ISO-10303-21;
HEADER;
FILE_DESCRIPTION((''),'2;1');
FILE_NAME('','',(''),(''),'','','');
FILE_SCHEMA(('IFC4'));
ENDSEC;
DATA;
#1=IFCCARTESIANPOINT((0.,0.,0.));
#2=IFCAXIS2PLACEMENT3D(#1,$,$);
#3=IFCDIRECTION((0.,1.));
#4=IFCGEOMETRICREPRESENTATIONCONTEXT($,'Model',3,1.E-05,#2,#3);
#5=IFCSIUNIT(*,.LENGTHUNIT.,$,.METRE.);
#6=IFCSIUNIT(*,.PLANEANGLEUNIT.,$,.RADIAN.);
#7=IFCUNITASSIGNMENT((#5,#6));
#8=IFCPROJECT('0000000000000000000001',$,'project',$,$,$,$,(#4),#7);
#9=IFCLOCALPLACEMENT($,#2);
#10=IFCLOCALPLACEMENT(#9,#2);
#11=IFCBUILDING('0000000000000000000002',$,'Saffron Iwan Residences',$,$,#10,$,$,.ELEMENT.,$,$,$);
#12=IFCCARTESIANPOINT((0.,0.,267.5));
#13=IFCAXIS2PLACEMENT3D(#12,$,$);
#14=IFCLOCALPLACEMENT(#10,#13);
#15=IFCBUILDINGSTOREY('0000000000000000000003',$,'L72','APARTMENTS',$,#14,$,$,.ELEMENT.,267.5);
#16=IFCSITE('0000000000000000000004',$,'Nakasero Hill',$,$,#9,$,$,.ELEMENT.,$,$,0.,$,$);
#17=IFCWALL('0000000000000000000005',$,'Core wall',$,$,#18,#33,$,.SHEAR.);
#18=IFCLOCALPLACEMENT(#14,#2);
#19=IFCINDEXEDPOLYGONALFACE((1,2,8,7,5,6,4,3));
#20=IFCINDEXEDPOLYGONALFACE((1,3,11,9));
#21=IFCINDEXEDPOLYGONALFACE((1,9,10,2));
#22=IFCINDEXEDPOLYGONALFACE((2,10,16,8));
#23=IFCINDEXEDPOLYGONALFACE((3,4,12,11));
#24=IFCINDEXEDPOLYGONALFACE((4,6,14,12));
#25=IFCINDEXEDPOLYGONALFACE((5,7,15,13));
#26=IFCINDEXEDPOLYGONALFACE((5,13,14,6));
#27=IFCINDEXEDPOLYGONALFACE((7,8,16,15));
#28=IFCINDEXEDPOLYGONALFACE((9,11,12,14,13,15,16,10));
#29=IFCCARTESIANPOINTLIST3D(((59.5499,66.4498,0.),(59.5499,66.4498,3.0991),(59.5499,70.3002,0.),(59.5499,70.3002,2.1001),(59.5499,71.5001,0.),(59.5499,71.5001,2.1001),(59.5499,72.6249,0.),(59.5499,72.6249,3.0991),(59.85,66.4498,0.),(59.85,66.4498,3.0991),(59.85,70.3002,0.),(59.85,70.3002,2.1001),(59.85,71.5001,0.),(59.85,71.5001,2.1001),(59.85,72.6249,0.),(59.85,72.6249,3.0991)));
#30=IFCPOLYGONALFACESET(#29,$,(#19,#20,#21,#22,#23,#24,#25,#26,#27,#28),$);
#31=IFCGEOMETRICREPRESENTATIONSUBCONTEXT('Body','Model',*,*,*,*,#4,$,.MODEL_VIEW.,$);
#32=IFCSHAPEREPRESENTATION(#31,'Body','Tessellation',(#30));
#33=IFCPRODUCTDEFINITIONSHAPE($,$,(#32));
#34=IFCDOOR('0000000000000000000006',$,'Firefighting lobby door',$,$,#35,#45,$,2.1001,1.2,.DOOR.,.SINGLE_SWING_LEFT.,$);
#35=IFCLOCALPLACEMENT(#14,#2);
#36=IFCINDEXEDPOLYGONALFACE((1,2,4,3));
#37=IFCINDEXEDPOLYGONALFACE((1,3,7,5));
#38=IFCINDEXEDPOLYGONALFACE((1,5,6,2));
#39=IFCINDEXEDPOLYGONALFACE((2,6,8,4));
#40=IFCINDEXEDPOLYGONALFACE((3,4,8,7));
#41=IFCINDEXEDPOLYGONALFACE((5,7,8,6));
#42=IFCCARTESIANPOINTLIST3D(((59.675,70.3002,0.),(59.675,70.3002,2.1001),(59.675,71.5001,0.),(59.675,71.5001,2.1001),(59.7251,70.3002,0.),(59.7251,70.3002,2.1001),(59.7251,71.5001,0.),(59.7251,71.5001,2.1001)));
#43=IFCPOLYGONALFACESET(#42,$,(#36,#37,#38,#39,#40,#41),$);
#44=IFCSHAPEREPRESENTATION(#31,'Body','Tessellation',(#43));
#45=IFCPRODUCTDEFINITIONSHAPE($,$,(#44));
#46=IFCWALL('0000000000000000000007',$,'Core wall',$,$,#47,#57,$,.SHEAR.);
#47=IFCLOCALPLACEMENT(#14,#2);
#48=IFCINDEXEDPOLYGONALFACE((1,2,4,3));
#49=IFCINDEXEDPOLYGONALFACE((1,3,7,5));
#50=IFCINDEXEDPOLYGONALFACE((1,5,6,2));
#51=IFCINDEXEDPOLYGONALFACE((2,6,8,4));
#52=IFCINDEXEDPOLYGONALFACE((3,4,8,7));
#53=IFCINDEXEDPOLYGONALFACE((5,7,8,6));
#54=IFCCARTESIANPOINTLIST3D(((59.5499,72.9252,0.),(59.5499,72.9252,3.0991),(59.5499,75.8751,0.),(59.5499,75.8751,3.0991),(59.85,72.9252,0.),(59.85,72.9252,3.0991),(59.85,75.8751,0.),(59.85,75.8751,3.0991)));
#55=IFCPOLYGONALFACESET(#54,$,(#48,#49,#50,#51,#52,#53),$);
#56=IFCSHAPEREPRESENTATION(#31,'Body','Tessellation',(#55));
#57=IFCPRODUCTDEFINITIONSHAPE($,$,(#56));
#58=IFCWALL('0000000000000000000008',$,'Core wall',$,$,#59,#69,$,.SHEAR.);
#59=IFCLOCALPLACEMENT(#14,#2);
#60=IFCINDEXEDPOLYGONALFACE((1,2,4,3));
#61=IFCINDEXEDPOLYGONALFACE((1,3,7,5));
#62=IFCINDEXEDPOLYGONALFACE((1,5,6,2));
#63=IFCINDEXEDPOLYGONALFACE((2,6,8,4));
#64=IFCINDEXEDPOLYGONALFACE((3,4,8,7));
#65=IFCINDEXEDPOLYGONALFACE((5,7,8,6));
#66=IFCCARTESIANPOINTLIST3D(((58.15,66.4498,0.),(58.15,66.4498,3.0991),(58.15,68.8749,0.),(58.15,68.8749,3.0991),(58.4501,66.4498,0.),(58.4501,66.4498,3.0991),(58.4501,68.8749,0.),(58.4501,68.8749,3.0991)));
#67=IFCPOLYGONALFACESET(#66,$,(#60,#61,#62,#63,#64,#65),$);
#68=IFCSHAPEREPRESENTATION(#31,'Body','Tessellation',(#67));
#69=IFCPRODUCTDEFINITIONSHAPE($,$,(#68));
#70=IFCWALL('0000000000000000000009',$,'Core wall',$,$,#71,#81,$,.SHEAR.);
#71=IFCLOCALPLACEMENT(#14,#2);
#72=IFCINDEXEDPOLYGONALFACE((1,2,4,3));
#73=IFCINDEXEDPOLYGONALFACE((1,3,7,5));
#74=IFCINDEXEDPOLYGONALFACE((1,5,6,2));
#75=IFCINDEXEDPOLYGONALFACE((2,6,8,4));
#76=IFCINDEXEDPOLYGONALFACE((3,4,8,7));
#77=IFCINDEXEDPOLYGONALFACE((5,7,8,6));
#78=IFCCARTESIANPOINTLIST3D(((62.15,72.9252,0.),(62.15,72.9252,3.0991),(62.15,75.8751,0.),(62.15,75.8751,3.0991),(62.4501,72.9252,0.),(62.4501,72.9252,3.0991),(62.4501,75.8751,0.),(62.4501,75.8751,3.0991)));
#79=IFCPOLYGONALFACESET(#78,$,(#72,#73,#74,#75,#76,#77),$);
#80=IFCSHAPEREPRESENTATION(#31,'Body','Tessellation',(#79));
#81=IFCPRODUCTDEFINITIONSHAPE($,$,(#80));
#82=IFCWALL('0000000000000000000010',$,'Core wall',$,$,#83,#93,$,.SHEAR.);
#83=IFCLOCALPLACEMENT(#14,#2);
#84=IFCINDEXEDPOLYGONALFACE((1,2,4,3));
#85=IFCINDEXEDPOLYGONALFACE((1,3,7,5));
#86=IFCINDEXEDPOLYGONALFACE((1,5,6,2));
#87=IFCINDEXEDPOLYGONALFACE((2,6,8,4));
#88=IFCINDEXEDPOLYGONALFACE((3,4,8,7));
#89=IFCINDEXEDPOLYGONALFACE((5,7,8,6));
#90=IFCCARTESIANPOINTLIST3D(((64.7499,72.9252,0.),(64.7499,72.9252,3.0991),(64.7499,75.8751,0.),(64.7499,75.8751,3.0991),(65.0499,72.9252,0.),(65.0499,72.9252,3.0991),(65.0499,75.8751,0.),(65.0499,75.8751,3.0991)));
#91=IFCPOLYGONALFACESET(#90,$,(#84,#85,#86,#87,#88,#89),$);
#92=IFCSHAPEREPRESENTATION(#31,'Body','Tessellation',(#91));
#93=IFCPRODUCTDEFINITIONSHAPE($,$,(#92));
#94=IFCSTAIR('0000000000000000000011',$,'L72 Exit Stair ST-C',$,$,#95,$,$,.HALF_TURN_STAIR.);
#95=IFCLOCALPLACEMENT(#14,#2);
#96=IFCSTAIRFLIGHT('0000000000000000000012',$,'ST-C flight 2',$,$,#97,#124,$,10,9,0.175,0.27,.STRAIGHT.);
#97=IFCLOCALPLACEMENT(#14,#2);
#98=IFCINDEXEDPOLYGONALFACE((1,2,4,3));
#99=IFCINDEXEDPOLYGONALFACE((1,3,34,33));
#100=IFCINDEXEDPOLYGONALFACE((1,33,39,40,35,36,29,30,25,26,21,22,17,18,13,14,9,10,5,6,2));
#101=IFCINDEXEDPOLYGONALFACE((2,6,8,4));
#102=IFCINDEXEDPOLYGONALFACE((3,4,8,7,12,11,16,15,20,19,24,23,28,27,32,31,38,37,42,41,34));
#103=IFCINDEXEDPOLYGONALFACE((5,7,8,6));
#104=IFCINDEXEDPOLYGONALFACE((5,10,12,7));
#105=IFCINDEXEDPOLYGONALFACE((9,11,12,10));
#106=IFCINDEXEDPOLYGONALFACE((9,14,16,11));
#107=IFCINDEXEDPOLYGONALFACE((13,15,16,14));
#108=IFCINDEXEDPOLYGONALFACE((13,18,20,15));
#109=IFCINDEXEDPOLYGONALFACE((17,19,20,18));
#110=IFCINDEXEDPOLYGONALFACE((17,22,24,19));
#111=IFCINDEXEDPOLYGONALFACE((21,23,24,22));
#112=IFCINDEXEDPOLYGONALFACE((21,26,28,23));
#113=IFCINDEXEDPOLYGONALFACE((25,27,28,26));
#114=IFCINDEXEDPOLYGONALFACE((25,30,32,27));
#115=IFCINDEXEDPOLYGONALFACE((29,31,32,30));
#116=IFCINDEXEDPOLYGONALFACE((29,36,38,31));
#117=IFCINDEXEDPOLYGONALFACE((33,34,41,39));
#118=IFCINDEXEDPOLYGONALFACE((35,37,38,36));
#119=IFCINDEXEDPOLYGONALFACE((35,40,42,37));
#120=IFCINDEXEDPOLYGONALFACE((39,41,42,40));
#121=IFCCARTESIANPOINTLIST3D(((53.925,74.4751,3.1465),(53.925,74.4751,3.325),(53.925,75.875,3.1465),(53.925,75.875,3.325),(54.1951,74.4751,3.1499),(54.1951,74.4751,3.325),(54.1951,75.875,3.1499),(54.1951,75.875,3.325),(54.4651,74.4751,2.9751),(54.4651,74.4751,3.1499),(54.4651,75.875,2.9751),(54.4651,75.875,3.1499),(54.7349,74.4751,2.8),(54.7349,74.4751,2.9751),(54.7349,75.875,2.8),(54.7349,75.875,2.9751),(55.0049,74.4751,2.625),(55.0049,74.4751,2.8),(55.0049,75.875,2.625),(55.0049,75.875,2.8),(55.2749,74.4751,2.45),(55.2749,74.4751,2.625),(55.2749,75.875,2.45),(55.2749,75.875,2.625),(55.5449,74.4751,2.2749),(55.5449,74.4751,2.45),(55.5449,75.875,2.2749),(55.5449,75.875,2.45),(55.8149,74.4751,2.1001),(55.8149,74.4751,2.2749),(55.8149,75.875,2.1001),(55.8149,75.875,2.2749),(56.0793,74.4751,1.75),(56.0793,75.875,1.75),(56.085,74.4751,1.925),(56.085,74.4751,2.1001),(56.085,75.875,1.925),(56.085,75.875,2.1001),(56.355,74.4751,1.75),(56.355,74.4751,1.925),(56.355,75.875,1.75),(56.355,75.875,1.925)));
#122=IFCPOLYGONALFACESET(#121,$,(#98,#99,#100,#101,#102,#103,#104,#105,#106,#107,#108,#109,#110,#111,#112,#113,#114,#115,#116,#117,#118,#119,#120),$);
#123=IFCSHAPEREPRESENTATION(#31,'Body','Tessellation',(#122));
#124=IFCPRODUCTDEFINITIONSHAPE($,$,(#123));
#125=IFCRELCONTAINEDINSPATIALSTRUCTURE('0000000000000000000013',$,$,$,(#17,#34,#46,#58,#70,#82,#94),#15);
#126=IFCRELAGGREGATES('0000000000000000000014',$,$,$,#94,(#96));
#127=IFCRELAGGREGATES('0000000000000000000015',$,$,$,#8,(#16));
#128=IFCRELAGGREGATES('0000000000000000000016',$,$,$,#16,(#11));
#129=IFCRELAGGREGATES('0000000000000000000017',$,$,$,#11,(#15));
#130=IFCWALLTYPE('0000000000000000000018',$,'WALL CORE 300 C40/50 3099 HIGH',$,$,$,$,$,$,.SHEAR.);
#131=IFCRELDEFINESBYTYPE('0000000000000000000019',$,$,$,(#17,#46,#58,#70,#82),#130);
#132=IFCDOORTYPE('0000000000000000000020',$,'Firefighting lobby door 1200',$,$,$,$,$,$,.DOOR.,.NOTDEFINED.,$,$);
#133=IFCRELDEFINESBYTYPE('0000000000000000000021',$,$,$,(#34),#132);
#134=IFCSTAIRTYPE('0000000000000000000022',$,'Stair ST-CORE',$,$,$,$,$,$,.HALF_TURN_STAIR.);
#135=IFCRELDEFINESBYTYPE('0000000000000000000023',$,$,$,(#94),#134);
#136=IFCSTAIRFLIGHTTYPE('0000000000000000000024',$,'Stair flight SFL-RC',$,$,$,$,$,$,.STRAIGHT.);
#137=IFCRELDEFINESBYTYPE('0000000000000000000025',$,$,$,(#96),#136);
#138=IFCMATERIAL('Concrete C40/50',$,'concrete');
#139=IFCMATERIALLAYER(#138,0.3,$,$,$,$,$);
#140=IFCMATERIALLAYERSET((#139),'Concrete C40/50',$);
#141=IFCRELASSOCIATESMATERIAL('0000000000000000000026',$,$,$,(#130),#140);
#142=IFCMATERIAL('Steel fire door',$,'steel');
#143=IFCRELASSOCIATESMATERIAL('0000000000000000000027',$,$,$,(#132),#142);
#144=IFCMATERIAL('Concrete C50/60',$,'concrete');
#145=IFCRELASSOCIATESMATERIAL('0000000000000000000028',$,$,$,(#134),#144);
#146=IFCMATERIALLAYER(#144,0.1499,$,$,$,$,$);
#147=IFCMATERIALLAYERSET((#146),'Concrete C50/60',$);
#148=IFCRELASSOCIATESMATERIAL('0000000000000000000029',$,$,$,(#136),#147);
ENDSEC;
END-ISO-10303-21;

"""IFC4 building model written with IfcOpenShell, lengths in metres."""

from ifc_helpers import new_model, si_unit, direction, frame, frame_2d, origin, place, context, subcontext, project, spatial, polyline, rectangle, outline, extrude, material, layer, layer_set, type_object, element, fill, aggregate, save


model = new_model("IFC4")

# Units and contexts
model_context = context("Model", 3, precision=1e-05, world=origin(), true_north=direction((0.0, 1.0)))
body_context = subcontext(model_context, "Body", "Model", "MODEL_VIEW")
ifc_project = project(units=[si_unit("LENGTHUNIT", "METRE"), si_unit("PLANEANGLEUNIT", "RADIAN")], contexts=[model_context])

# Site, building, storey
site_placement = place(None, origin())
site = spatial("IfcSite", under=ifc_project, at=site_placement, Name="Nakasero Hill", CompositionType="ELEMENT", RefElevation=0.0)
building_placement = place(site_placement, origin())
building = spatial("IfcBuilding", under=site, at=building_placement, Name="Saffron Iwan Residences", CompositionType="ELEMENT")
storey_placement = place(building_placement, frame((0.0, 0.0, 267.5)))
storey = spatial("IfcBuildingStorey", under=building, at=storey_placement, Name="L72", Description="APARTMENTS", CompositionType="ELEMENT", Elevation=267.5)

# Shared definitions
ifc_material_1 = material(Name="Concrete C40/50", Category="concrete")

# Shared definitions
ifc_material_2 = material(Name="Steel fire door", Category="steel")

# Shared definitions
ifc_layer_1 = layer(ifc_material_1, 0.3)
ifc_layer_set_1 = layer_set([ifc_layer_1], Name="Concrete C40/50")
wall_type_1 = type_object("IfcWallType", Name="WALL CORE 300 C40/50 3099 HIGH", PredefinedType="SHEAR", material=ifc_layer_set_1)

# Wall, opening, door
wall_1_placement = place(storey_placement, frame((59.7, 66.45, 0.0), z_axis=(0.0, 0.0, 1.0), x_axis=(0.0, 1.0, 0.0)))
wall_1 = element("IfcWall", 1, at=wall_1_placement, inside=storey, type_object=wall_type_1, Name="Core wall", PredefinedType="SHEAR", context=body_context, shape_type="SweptSolid", body=[
    extrude(rectangle(XDim=6.175, YDim=0.3, at=frame_2d((3.0874, 0.0))), origin(), (0.0, 0.0, 1.0), 3.0991),
])
opening_1_placement = place(wall_1_placement, frame((3.8501, 0.0, 0.0)))
opening_1 = element("IfcOpeningElement", 2, at=opening_1_placement, cuts=wall_1, PredefinedType="OPENING", context=body_context, shape_type="SweptSolid", body=[
    extrude(rectangle(XDim=1.2, YDim=2.1001, at=frame_2d((0.6001, 1.05))), frame((0.0, 0.1602, 0.0), z_axis=(0.0, -1.0, 0.0), x_axis=(1.0, 0.0, 0.0)), (0.0, 0.0, 1.0), 0.3201),
])
door_type_1 = type_object("IfcDoorType", Name="Firefighting lobby door 1200", OperationType="NOTDEFINED", PredefinedType="DOOR", material=ifc_material_2)
door_1_placement = place(opening_1_placement, origin())
door_1 = element("IfcDoor", 3, at=door_1_placement, inside=storey, type_object=door_type_1, Name="Firefighting lobby door", OperationType="SINGLE_SWING_LEFT", OverallHeight=2.1001, OverallWidth=1.2, PredefinedType="DOOR", context=body_context, shape_type="SweptSolid", body=[
    extrude(rectangle(XDim=1.2, YDim=2.1001, at=frame_2d((0.6001, 1.05))), frame((0.0, 0.0249, 0.0), z_axis=(0.0, -1.0, 0.0), x_axis=(1.0, 0.0, 0.0)), (0.0, 0.0, 1.0), 0.05),
])
fill(opening_1, door_1)

# Walls
wall_2_placement = place(storey_placement, frame((59.7, 72.925, 0.0), z_axis=(0.0, 0.0, 1.0), x_axis=(0.0, 1.0, 0.0)))
element("IfcWall", 4, at=wall_2_placement, inside=storey, type_object=wall_type_1, Name="Core wall", PredefinedType="SHEAR", context=body_context, shape_type="SweptSolid", body=[
    extrude(rectangle(XDim=2.95, YDim=0.3, at=frame_2d((1.4751, 0.0))), origin(), (0.0, 0.0, 1.0), 3.0991),
])
wall_3_placement = place(storey_placement, frame((58.3, 66.45, 0.0), z_axis=(0.0, 0.0, 1.0), x_axis=(0.0, 1.0, 0.0)))
element("IfcWall", 5, at=wall_3_placement, inside=storey, type_object=wall_type_1, Name="Core wall", PredefinedType="SHEAR", context=body_context, shape_type="SweptSolid", body=[
    extrude(rectangle(XDim=2.425, YDim=0.3, at=frame_2d((1.2124, 0.0))), origin(), (0.0, 0.0, 1.0), 3.0991),
])
for number, where, z_axis, x_axis, name in (
    (6, (62.3, 72.925, 0.0), (0.0, 0.0, 1.0), (0.0, 1.0, 0.0), "Core wall"),
    (7, (64.8999, 72.925, 0.0), (0.0, 0.0, 1.0), (0.0, 1.0, 0.0), "Core wall"),
):
    element("IfcWall", number, at=place(storey_placement, frame(where, z_axis=z_axis, x_axis=x_axis)), inside=storey, type_object=wall_type_1, Name=name, PredefinedType="SHEAR", context=body_context, shape_type="SweptSolid", body=[
        extrude(rectangle(XDim=2.95, YDim=0.3, at=frame_2d((1.4751, 0.0))), origin(), (0.0, 0.0, 1.0), 3.0991),
    ])

# Stair, stair flight
ifc_material_3 = material(Name="Concrete C50/60", Category="concrete")
stair_type = type_object("IfcStairType", Name="Stair ST-CORE", PredefinedType="HALF_TURN_STAIR", material=ifc_material_3)
stair_placement = place(storey_placement, origin())
stair = element("IfcStair", 8, at=stair_placement, inside=storey, type_object=stair_type, Name="L72 Exit Stair ST-C", PredefinedType="HALF_TURN_STAIR")
ifc_layer_2 = layer(ifc_material_3, 0.1499)
ifc_layer_set_2 = layer_set([ifc_layer_2], Name="Concrete C50/60")
stair_flight_type = type_object("IfcStairFlightType", Name="Stair flight SFL-RC", PredefinedType="STRAIGHT", material=ifc_layer_set_2)
stair_flight_placement = place(storey_placement, frame((56.355, 75.175, 1.75), z_axis=(0.0, 0.0, 1.0), x_axis=(-1.0, 0.0, 0.0)))
stair_flight = element("IfcStairFlight", 9, at=stair_flight_placement, type_object=stair_flight_type, Name="ST-C flight 2", NumberOfRisers=10, NumberOfTreads=9, PredefinedType="STRAIGHT", RiserHeight=0.175, TreadLength=0.27, context=body_context, shape_type="SweptSolid", body=[
    extrude(outline(polyline([(0.0, 0.0), (0.0, 0.175), (0.27, 0.175), (0.27, 0.3501), (0.54, 0.3501), (0.54, 0.5249), (0.8101, 0.5249), (0.8101, 0.7), (1.0801, 0.7), (1.0801, 0.875), (1.3501, 0.875), (1.3501, 1.05), (1.6201, 1.05), (1.6201, 1.2251), (1.8899, 1.2251), (1.8899, 1.3999), (2.1599, 1.3999), (2.1599, 1.575), (2.4299, 1.575), (2.4299, 1.75), (2.4299, 1.3965), (0.2756, 0.0), (0.0, 0.0)])), frame((0.0, 0.7, 0.0), z_axis=(0.0, -1.0, 0.0), x_axis=(1.0, 0.0, 0.0)), (0.0, 0.0, 1.0), 1.3999),
])
aggregate(stair, [stair_flight])

save(model, "model.ifc")
